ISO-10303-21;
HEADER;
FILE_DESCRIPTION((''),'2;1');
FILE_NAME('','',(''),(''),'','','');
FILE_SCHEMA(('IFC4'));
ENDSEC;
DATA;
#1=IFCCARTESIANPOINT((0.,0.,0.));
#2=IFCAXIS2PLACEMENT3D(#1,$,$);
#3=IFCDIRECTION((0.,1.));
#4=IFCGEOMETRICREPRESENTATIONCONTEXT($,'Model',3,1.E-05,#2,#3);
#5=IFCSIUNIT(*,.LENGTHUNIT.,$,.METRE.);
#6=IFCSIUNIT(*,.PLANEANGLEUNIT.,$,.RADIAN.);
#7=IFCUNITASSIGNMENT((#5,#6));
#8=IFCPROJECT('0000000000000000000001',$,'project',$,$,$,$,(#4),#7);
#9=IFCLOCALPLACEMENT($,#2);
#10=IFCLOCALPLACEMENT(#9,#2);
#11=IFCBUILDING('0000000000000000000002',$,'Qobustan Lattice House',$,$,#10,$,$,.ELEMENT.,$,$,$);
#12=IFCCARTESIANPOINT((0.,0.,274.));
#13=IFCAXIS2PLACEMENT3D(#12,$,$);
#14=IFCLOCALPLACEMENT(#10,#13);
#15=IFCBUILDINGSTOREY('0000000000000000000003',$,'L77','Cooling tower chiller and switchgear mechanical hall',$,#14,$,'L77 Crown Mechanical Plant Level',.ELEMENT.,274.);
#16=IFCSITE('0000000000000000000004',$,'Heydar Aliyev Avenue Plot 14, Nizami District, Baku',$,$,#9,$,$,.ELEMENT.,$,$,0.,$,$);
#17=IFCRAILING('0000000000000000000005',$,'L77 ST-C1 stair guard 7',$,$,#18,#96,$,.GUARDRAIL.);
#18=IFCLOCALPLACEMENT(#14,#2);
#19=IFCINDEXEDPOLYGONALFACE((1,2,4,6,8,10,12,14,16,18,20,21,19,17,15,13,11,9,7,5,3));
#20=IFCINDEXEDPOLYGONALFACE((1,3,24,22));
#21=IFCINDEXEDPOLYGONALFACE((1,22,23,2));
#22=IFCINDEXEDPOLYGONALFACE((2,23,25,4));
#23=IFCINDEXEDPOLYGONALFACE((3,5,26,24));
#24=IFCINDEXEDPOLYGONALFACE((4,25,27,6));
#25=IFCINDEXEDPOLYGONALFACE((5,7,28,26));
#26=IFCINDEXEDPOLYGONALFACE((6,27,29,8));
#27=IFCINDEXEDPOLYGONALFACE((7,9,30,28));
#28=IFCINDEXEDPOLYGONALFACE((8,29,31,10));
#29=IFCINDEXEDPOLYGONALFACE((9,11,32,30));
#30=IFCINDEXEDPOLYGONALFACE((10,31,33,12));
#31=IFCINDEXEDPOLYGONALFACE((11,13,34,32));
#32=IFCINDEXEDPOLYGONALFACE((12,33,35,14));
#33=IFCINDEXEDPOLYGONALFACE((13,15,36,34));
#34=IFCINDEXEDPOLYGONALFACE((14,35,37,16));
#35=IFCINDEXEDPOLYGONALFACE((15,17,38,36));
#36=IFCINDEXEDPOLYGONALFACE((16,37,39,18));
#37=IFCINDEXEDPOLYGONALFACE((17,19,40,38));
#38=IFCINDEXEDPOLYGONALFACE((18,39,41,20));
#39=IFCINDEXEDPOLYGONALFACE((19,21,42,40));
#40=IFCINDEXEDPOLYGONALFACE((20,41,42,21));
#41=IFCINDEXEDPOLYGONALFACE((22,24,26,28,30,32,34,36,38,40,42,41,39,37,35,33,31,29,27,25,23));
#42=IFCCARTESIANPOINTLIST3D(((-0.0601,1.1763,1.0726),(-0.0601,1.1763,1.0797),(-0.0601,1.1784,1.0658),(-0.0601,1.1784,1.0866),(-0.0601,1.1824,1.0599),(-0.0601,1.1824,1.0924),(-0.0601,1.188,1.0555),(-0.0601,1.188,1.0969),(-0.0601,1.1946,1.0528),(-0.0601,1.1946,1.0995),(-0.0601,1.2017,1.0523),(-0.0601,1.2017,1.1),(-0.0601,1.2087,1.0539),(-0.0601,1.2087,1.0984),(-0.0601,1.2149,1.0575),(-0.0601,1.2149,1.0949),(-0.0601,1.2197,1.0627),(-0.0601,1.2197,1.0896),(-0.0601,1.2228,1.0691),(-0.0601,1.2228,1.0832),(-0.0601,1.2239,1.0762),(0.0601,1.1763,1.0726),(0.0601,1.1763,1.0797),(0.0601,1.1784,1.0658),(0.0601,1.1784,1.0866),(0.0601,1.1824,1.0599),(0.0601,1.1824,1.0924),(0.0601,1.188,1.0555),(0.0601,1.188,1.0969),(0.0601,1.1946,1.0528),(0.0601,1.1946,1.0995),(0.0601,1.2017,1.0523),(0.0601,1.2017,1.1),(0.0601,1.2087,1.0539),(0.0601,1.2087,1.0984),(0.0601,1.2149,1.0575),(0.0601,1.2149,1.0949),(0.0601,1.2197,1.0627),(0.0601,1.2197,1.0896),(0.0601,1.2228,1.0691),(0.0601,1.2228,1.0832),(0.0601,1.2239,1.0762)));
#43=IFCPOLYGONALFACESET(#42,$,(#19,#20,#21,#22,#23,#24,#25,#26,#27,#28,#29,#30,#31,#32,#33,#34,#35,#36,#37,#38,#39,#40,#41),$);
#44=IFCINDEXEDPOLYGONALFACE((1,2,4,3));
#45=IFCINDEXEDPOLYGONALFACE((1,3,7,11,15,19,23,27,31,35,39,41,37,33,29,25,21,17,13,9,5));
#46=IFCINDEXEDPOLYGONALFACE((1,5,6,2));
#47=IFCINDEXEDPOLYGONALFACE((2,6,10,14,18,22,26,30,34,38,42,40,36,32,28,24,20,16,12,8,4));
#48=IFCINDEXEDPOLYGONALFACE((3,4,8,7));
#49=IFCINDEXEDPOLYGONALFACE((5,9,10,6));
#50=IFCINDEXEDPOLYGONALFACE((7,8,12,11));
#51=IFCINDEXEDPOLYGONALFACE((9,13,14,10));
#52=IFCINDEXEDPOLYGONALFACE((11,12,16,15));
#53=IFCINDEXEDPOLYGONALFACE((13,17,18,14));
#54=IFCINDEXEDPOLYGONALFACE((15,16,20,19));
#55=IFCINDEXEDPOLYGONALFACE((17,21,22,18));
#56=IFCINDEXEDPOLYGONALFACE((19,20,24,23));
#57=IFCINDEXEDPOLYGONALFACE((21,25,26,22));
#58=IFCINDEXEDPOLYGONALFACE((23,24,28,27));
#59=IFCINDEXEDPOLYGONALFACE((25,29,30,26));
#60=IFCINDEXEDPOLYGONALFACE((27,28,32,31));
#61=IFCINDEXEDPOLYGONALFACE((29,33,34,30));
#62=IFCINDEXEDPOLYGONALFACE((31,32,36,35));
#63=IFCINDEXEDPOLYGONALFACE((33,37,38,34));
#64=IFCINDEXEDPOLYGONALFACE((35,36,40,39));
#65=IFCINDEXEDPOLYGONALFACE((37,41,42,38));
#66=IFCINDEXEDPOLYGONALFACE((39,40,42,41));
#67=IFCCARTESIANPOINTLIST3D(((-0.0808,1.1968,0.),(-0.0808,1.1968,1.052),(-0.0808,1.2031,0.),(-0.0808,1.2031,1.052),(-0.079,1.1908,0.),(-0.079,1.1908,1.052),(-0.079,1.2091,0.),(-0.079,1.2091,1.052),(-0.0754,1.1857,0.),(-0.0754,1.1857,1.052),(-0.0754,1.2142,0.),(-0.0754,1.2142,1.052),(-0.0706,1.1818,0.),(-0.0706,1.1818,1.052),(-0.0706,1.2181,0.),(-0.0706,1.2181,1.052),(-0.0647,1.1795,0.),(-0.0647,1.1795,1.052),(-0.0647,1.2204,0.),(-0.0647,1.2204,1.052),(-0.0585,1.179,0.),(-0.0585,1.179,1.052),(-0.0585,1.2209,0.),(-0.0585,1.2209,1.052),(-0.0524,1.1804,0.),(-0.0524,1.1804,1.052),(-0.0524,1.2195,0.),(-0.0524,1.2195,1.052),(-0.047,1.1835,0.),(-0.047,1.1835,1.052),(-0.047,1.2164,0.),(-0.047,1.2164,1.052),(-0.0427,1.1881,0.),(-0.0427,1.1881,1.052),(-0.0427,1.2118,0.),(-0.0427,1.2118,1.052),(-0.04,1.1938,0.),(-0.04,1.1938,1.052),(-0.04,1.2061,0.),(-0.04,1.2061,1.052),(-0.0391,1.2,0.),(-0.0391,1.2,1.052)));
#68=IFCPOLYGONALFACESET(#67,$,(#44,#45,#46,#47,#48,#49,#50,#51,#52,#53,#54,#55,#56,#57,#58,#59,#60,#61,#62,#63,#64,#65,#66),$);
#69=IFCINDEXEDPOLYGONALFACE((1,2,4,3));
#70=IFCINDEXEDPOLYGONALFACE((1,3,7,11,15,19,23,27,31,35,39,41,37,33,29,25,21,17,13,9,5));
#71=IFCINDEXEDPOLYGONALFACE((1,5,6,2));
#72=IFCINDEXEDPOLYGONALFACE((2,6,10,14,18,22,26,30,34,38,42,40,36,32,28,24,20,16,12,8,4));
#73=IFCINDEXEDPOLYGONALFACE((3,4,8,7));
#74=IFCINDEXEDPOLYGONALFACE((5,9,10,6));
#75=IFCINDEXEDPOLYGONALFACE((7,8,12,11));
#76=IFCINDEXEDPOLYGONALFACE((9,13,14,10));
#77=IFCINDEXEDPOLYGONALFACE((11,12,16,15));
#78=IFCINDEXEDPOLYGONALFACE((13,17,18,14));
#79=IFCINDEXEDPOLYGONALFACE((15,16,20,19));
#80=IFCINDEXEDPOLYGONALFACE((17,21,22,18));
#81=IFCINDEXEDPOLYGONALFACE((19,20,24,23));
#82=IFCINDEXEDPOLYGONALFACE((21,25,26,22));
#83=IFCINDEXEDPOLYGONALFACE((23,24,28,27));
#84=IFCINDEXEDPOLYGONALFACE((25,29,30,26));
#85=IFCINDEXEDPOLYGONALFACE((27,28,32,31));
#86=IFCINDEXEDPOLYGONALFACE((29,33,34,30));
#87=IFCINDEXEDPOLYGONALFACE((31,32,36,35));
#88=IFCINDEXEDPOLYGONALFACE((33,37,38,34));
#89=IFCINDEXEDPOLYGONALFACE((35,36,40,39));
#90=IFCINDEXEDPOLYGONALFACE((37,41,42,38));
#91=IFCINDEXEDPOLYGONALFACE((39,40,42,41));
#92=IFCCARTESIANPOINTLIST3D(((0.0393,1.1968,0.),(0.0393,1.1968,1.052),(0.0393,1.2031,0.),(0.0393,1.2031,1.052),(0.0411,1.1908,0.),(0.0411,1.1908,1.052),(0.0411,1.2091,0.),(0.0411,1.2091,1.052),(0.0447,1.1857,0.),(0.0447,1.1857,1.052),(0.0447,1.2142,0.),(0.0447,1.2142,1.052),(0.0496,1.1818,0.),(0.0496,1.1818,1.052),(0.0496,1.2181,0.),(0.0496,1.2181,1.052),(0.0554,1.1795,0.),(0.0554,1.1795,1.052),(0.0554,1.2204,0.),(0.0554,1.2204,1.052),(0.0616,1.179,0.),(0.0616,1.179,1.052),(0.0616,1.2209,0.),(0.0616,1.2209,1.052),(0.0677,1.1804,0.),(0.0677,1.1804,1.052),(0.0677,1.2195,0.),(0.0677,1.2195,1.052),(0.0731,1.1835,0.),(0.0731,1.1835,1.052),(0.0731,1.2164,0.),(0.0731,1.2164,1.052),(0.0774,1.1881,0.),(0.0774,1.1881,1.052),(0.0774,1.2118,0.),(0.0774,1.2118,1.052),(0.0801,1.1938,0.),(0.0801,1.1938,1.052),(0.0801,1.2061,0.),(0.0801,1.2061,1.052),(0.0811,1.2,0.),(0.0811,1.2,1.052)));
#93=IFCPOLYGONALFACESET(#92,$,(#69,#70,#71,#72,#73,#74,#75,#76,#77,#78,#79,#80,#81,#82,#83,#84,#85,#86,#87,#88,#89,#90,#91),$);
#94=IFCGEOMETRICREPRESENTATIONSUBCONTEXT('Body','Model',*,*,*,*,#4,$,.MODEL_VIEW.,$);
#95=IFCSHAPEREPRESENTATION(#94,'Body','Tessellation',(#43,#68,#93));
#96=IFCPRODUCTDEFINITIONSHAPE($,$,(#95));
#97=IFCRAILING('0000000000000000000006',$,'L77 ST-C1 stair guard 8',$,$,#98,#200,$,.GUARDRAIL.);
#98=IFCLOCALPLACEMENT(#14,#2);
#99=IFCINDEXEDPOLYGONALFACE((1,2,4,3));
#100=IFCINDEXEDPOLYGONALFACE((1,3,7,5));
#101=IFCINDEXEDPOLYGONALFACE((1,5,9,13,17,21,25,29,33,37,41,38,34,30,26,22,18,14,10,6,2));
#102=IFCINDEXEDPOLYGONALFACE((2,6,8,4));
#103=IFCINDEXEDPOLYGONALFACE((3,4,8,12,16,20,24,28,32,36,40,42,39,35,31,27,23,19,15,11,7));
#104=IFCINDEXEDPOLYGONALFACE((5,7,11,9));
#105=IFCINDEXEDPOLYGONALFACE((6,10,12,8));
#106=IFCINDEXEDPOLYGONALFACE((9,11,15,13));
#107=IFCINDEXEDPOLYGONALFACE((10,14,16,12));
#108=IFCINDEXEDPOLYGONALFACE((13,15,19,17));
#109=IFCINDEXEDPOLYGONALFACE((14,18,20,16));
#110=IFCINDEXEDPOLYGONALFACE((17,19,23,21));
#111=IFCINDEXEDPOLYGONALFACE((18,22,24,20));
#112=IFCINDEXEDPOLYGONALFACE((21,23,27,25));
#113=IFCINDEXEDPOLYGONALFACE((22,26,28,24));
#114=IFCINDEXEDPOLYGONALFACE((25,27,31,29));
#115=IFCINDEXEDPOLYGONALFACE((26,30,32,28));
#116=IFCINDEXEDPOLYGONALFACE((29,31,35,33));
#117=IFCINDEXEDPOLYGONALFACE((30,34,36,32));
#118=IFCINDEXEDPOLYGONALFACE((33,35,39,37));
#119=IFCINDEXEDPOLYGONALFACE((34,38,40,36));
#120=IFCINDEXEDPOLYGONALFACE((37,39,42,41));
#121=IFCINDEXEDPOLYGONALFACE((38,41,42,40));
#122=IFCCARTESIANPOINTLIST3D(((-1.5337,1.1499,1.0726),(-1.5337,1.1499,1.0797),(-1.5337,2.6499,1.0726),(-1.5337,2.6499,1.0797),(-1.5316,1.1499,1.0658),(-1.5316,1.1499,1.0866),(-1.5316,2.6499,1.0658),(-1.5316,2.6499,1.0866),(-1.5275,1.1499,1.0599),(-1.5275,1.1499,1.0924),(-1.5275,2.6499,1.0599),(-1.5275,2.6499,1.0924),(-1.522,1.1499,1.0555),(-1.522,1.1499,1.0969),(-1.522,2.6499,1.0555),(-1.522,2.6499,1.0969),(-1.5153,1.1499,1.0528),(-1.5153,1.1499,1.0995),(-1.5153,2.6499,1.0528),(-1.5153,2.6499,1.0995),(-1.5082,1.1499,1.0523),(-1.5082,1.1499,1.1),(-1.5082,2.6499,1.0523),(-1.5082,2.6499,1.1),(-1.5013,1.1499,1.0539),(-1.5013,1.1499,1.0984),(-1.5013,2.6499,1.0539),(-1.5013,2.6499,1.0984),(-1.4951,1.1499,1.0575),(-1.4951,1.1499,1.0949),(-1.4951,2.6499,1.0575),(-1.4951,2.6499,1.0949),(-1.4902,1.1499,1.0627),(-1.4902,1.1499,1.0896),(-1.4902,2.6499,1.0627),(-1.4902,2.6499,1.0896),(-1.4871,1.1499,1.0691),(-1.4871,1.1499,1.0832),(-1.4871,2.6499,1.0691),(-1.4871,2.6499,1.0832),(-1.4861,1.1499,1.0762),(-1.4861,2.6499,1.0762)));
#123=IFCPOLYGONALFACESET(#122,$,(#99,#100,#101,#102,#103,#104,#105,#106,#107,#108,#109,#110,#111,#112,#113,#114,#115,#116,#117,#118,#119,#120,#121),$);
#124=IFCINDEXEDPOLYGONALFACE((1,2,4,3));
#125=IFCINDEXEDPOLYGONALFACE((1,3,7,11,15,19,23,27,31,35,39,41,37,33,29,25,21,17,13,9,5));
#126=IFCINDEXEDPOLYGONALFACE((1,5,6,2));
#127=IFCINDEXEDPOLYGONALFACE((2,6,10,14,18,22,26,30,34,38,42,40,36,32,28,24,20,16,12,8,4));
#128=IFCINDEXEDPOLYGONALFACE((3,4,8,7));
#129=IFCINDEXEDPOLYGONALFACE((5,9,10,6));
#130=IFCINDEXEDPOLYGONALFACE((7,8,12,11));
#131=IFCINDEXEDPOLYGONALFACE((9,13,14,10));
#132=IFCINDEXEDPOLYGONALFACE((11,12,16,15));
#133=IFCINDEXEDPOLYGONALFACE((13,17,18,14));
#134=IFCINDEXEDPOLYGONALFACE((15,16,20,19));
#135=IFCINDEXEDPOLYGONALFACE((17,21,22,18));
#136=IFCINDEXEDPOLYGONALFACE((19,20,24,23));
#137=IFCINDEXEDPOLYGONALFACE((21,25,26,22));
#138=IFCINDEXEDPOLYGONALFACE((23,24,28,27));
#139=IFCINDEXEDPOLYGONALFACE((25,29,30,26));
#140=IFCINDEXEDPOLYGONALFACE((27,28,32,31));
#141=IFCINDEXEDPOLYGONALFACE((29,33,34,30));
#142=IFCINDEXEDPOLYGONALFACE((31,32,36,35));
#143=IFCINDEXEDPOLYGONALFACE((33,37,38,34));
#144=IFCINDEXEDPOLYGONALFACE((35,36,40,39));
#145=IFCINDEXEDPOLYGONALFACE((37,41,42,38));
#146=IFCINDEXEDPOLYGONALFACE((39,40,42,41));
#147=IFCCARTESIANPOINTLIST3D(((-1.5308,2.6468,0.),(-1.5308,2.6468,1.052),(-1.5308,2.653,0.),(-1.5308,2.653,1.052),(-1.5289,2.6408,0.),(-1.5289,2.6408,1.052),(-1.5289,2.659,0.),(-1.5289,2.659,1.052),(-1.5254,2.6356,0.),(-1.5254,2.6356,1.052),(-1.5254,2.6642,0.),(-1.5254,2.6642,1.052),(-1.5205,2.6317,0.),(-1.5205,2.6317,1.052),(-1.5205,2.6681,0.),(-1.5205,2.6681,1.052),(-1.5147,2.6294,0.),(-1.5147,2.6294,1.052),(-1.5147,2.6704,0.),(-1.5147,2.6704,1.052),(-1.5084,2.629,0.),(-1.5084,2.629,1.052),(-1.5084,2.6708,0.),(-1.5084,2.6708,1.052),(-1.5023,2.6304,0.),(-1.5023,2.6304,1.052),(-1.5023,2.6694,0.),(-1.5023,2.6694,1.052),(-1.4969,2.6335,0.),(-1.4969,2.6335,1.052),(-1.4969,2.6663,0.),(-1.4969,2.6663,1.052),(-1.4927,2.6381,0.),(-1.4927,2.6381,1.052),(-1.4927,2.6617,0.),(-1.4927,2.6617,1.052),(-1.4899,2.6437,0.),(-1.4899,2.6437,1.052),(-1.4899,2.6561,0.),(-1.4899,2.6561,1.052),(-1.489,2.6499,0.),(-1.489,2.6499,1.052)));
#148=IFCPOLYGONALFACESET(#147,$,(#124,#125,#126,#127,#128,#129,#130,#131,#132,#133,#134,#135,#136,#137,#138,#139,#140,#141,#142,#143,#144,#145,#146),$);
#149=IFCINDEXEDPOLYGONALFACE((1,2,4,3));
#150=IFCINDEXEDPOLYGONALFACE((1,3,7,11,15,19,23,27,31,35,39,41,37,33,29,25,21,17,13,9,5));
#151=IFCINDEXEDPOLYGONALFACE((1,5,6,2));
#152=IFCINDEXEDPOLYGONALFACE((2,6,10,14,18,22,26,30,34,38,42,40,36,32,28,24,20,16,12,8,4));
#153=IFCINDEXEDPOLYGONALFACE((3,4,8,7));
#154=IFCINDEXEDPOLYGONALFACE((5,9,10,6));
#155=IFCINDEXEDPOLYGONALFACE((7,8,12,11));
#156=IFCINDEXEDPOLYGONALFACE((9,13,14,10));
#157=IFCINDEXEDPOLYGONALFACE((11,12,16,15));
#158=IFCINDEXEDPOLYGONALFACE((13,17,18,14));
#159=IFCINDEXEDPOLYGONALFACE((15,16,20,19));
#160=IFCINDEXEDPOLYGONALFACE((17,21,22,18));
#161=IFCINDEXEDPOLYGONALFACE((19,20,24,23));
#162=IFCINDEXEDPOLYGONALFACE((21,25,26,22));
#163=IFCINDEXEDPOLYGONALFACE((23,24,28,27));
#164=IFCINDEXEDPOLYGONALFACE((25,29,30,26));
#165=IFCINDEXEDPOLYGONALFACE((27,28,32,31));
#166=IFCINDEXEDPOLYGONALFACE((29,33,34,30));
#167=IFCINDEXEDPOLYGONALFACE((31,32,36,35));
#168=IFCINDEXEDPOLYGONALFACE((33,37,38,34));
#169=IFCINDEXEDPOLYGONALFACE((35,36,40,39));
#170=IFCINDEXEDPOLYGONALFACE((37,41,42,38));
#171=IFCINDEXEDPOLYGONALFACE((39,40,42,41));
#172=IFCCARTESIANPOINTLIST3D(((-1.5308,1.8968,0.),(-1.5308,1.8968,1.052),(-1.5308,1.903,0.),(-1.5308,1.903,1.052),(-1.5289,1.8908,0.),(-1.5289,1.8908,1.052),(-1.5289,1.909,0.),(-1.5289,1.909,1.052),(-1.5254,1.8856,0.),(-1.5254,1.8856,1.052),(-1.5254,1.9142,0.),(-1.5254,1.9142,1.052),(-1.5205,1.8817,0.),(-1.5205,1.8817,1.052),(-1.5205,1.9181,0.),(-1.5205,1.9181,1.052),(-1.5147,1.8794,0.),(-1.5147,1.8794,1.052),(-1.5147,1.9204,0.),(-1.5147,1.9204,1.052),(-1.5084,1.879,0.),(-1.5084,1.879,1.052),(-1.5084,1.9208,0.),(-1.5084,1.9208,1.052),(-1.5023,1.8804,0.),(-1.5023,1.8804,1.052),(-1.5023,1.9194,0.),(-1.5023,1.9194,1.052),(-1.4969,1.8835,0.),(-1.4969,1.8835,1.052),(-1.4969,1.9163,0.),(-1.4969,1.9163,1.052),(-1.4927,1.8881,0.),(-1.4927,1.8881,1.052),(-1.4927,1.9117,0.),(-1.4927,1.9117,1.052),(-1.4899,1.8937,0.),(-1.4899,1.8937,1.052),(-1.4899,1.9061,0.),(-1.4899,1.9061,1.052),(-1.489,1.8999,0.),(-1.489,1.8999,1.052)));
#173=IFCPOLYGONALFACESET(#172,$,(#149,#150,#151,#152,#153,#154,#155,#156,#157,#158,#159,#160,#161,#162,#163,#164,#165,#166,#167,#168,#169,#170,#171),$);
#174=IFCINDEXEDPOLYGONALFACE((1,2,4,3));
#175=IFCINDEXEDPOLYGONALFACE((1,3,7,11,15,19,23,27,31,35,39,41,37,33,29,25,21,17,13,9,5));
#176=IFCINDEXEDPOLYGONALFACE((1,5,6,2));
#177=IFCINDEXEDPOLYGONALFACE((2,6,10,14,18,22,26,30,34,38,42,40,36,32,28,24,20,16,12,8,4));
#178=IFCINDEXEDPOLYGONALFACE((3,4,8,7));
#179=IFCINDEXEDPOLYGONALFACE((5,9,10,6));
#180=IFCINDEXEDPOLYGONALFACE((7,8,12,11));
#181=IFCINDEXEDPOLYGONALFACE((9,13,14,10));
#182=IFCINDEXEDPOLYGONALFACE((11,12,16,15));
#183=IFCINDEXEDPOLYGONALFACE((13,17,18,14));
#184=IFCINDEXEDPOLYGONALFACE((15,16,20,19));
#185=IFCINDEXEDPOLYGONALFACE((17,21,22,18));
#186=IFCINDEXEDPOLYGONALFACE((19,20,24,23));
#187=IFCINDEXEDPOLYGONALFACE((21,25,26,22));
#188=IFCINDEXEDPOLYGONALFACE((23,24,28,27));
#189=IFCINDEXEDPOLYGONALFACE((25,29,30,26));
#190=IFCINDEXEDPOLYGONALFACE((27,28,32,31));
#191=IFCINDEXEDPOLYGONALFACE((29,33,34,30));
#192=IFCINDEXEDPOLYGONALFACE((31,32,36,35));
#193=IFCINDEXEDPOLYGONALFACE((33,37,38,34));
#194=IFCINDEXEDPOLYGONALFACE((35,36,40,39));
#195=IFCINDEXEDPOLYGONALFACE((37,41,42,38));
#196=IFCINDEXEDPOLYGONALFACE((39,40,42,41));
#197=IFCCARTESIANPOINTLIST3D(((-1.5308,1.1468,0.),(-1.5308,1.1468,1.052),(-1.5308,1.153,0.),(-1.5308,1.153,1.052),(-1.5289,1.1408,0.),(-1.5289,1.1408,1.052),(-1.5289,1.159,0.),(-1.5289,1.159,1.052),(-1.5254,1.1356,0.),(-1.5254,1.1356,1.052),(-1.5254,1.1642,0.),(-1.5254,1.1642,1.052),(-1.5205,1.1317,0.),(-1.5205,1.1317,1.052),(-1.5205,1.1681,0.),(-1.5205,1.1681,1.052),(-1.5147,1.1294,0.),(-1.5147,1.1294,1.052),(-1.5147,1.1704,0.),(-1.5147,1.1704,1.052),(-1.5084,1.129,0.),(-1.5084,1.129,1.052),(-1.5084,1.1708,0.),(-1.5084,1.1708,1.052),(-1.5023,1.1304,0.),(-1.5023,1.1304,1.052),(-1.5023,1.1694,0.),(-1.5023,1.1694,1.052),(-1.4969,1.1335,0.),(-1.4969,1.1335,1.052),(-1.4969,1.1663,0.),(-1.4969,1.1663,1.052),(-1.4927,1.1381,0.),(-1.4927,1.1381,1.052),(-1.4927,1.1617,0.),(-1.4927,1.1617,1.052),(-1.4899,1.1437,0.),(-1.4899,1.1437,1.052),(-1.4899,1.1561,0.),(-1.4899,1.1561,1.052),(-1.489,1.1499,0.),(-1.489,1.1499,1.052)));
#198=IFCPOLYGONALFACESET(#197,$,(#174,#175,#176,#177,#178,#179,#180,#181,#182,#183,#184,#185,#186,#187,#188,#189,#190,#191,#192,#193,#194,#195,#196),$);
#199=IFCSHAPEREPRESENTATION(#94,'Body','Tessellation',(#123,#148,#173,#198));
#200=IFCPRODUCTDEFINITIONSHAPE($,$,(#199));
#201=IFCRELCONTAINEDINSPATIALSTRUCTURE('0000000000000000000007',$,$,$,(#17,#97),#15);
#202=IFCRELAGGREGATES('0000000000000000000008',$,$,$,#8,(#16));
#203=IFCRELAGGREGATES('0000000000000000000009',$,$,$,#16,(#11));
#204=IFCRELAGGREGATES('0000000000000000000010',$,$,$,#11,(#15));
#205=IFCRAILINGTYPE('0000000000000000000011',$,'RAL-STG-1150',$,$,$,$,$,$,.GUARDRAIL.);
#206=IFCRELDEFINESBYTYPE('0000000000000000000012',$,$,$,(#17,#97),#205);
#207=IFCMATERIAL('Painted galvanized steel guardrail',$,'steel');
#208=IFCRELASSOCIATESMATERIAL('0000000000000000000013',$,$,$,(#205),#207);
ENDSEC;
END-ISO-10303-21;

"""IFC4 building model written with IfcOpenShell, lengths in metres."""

from ifc_helpers import new_model, si_unit, direction, frame, origin, origin_2d, place, context, subcontext, project, spatial, circle, extrude, material, type_object, element, save


model = new_model("IFC4")

# Units and contexts
model_context = context("Model", 3, precision=1e-05, world=origin(), true_north=direction((0.0, 1.0)))
body_context = subcontext(model_context, "Body", "Model", "MODEL_VIEW")
ifc_project = project(units=[si_unit("LENGTHUNIT", "METRE"), si_unit("PLANEANGLEUNIT", "RADIAN")], contexts=[model_context])

# Site, building, storey
site_placement = place(None, origin())
site = spatial("IfcSite", under=ifc_project, at=site_placement, Name="Heydar Aliyev Avenue Plot 14, Nizami District, Baku", CompositionType="ELEMENT", RefElevation=0.0)
building_placement = place(site_placement, origin())
building = spatial("IfcBuilding", under=site, at=building_placement, Name="Qobustan Lattice House", CompositionType="ELEMENT")
storey_placement = place(building_placement, frame((0.0, 0.0, 274.0)))
storey = spatial("IfcBuildingStorey", under=building, at=storey_placement, Name="L77", Description="Cooling tower chiller and switchgear mechanical hall", LongName="L77 Crown Mechanical Plant Level", CompositionType="ELEMENT", Elevation=274.0)

# Railings
ifc_material_1 = material(Name="Painted galvanized steel guardrail", Category="steel")
railing_type_1 = type_object("IfcRailingType", Name="RAL-STG-1150", PredefinedType="GUARDRAIL", material=ifc_material_1)
railing_1_placement = place(storey_placement, frame((-0.0601, 1.2, 0.0)))
element("IfcRailing", 1, at=railing_1_placement, inside=storey, type_object=railing_type_1, Name="L77 ST-C1 stair guard 7", PredefinedType="GUARDRAIL", context=body_context, shape_type="SweptSolid", body=[
    extrude(circle(Radius=0.0239, at=origin_2d()), frame((0.0, 0.0, 1.0762), z_axis=(1.0, 0.0, 0.0), x_axis=(0.0, 1.0, 0.0)), (0.0, 0.0, 1.0), 0.1201),
    extrude(circle(Radius=0.021, at=origin_2d()), origin(), (0.0, 0.0, 1.0), 1.052),
    extrude(circle(Radius=0.021, at=origin_2d()), frame((0.1201, 0.0, 0.0)), (0.0, 0.0, 1.0), 1.052),
])
railing_2_placement = place(storey_placement, frame((-1.51, 2.6499, 0.0)))
element("IfcRailing", 2, at=railing_2_placement, inside=storey, type_object=railing_type_1, Name="L77 ST-C1 stair guard 8", PredefinedType="GUARDRAIL", context=body_context, shape_type="SweptSolid", body=[
    extrude(circle(Radius=0.0239, at=origin_2d()), frame((0.0, 0.0, 1.0762), z_axis=(0.0, -1.0, 0.0), x_axis=(1.0, 0.0, 0.0)), (0.0, 0.0, 1.0), 1.5),
    extrude(circle(Radius=0.021, at=origin_2d()), origin(), (0.0, 0.0, 1.0), 1.052),
    extrude(circle(Radius=0.021, at=origin_2d()), frame((0.0, -0.75, 0.0)), (0.0, 0.0, 1.0), 1.052),
    extrude(circle(Radius=0.021, at=origin_2d()), frame((0.0, -1.5, 0.0)), (0.0, 0.0, 1.0), 1.052),
])

save(model, "model.ifc")
